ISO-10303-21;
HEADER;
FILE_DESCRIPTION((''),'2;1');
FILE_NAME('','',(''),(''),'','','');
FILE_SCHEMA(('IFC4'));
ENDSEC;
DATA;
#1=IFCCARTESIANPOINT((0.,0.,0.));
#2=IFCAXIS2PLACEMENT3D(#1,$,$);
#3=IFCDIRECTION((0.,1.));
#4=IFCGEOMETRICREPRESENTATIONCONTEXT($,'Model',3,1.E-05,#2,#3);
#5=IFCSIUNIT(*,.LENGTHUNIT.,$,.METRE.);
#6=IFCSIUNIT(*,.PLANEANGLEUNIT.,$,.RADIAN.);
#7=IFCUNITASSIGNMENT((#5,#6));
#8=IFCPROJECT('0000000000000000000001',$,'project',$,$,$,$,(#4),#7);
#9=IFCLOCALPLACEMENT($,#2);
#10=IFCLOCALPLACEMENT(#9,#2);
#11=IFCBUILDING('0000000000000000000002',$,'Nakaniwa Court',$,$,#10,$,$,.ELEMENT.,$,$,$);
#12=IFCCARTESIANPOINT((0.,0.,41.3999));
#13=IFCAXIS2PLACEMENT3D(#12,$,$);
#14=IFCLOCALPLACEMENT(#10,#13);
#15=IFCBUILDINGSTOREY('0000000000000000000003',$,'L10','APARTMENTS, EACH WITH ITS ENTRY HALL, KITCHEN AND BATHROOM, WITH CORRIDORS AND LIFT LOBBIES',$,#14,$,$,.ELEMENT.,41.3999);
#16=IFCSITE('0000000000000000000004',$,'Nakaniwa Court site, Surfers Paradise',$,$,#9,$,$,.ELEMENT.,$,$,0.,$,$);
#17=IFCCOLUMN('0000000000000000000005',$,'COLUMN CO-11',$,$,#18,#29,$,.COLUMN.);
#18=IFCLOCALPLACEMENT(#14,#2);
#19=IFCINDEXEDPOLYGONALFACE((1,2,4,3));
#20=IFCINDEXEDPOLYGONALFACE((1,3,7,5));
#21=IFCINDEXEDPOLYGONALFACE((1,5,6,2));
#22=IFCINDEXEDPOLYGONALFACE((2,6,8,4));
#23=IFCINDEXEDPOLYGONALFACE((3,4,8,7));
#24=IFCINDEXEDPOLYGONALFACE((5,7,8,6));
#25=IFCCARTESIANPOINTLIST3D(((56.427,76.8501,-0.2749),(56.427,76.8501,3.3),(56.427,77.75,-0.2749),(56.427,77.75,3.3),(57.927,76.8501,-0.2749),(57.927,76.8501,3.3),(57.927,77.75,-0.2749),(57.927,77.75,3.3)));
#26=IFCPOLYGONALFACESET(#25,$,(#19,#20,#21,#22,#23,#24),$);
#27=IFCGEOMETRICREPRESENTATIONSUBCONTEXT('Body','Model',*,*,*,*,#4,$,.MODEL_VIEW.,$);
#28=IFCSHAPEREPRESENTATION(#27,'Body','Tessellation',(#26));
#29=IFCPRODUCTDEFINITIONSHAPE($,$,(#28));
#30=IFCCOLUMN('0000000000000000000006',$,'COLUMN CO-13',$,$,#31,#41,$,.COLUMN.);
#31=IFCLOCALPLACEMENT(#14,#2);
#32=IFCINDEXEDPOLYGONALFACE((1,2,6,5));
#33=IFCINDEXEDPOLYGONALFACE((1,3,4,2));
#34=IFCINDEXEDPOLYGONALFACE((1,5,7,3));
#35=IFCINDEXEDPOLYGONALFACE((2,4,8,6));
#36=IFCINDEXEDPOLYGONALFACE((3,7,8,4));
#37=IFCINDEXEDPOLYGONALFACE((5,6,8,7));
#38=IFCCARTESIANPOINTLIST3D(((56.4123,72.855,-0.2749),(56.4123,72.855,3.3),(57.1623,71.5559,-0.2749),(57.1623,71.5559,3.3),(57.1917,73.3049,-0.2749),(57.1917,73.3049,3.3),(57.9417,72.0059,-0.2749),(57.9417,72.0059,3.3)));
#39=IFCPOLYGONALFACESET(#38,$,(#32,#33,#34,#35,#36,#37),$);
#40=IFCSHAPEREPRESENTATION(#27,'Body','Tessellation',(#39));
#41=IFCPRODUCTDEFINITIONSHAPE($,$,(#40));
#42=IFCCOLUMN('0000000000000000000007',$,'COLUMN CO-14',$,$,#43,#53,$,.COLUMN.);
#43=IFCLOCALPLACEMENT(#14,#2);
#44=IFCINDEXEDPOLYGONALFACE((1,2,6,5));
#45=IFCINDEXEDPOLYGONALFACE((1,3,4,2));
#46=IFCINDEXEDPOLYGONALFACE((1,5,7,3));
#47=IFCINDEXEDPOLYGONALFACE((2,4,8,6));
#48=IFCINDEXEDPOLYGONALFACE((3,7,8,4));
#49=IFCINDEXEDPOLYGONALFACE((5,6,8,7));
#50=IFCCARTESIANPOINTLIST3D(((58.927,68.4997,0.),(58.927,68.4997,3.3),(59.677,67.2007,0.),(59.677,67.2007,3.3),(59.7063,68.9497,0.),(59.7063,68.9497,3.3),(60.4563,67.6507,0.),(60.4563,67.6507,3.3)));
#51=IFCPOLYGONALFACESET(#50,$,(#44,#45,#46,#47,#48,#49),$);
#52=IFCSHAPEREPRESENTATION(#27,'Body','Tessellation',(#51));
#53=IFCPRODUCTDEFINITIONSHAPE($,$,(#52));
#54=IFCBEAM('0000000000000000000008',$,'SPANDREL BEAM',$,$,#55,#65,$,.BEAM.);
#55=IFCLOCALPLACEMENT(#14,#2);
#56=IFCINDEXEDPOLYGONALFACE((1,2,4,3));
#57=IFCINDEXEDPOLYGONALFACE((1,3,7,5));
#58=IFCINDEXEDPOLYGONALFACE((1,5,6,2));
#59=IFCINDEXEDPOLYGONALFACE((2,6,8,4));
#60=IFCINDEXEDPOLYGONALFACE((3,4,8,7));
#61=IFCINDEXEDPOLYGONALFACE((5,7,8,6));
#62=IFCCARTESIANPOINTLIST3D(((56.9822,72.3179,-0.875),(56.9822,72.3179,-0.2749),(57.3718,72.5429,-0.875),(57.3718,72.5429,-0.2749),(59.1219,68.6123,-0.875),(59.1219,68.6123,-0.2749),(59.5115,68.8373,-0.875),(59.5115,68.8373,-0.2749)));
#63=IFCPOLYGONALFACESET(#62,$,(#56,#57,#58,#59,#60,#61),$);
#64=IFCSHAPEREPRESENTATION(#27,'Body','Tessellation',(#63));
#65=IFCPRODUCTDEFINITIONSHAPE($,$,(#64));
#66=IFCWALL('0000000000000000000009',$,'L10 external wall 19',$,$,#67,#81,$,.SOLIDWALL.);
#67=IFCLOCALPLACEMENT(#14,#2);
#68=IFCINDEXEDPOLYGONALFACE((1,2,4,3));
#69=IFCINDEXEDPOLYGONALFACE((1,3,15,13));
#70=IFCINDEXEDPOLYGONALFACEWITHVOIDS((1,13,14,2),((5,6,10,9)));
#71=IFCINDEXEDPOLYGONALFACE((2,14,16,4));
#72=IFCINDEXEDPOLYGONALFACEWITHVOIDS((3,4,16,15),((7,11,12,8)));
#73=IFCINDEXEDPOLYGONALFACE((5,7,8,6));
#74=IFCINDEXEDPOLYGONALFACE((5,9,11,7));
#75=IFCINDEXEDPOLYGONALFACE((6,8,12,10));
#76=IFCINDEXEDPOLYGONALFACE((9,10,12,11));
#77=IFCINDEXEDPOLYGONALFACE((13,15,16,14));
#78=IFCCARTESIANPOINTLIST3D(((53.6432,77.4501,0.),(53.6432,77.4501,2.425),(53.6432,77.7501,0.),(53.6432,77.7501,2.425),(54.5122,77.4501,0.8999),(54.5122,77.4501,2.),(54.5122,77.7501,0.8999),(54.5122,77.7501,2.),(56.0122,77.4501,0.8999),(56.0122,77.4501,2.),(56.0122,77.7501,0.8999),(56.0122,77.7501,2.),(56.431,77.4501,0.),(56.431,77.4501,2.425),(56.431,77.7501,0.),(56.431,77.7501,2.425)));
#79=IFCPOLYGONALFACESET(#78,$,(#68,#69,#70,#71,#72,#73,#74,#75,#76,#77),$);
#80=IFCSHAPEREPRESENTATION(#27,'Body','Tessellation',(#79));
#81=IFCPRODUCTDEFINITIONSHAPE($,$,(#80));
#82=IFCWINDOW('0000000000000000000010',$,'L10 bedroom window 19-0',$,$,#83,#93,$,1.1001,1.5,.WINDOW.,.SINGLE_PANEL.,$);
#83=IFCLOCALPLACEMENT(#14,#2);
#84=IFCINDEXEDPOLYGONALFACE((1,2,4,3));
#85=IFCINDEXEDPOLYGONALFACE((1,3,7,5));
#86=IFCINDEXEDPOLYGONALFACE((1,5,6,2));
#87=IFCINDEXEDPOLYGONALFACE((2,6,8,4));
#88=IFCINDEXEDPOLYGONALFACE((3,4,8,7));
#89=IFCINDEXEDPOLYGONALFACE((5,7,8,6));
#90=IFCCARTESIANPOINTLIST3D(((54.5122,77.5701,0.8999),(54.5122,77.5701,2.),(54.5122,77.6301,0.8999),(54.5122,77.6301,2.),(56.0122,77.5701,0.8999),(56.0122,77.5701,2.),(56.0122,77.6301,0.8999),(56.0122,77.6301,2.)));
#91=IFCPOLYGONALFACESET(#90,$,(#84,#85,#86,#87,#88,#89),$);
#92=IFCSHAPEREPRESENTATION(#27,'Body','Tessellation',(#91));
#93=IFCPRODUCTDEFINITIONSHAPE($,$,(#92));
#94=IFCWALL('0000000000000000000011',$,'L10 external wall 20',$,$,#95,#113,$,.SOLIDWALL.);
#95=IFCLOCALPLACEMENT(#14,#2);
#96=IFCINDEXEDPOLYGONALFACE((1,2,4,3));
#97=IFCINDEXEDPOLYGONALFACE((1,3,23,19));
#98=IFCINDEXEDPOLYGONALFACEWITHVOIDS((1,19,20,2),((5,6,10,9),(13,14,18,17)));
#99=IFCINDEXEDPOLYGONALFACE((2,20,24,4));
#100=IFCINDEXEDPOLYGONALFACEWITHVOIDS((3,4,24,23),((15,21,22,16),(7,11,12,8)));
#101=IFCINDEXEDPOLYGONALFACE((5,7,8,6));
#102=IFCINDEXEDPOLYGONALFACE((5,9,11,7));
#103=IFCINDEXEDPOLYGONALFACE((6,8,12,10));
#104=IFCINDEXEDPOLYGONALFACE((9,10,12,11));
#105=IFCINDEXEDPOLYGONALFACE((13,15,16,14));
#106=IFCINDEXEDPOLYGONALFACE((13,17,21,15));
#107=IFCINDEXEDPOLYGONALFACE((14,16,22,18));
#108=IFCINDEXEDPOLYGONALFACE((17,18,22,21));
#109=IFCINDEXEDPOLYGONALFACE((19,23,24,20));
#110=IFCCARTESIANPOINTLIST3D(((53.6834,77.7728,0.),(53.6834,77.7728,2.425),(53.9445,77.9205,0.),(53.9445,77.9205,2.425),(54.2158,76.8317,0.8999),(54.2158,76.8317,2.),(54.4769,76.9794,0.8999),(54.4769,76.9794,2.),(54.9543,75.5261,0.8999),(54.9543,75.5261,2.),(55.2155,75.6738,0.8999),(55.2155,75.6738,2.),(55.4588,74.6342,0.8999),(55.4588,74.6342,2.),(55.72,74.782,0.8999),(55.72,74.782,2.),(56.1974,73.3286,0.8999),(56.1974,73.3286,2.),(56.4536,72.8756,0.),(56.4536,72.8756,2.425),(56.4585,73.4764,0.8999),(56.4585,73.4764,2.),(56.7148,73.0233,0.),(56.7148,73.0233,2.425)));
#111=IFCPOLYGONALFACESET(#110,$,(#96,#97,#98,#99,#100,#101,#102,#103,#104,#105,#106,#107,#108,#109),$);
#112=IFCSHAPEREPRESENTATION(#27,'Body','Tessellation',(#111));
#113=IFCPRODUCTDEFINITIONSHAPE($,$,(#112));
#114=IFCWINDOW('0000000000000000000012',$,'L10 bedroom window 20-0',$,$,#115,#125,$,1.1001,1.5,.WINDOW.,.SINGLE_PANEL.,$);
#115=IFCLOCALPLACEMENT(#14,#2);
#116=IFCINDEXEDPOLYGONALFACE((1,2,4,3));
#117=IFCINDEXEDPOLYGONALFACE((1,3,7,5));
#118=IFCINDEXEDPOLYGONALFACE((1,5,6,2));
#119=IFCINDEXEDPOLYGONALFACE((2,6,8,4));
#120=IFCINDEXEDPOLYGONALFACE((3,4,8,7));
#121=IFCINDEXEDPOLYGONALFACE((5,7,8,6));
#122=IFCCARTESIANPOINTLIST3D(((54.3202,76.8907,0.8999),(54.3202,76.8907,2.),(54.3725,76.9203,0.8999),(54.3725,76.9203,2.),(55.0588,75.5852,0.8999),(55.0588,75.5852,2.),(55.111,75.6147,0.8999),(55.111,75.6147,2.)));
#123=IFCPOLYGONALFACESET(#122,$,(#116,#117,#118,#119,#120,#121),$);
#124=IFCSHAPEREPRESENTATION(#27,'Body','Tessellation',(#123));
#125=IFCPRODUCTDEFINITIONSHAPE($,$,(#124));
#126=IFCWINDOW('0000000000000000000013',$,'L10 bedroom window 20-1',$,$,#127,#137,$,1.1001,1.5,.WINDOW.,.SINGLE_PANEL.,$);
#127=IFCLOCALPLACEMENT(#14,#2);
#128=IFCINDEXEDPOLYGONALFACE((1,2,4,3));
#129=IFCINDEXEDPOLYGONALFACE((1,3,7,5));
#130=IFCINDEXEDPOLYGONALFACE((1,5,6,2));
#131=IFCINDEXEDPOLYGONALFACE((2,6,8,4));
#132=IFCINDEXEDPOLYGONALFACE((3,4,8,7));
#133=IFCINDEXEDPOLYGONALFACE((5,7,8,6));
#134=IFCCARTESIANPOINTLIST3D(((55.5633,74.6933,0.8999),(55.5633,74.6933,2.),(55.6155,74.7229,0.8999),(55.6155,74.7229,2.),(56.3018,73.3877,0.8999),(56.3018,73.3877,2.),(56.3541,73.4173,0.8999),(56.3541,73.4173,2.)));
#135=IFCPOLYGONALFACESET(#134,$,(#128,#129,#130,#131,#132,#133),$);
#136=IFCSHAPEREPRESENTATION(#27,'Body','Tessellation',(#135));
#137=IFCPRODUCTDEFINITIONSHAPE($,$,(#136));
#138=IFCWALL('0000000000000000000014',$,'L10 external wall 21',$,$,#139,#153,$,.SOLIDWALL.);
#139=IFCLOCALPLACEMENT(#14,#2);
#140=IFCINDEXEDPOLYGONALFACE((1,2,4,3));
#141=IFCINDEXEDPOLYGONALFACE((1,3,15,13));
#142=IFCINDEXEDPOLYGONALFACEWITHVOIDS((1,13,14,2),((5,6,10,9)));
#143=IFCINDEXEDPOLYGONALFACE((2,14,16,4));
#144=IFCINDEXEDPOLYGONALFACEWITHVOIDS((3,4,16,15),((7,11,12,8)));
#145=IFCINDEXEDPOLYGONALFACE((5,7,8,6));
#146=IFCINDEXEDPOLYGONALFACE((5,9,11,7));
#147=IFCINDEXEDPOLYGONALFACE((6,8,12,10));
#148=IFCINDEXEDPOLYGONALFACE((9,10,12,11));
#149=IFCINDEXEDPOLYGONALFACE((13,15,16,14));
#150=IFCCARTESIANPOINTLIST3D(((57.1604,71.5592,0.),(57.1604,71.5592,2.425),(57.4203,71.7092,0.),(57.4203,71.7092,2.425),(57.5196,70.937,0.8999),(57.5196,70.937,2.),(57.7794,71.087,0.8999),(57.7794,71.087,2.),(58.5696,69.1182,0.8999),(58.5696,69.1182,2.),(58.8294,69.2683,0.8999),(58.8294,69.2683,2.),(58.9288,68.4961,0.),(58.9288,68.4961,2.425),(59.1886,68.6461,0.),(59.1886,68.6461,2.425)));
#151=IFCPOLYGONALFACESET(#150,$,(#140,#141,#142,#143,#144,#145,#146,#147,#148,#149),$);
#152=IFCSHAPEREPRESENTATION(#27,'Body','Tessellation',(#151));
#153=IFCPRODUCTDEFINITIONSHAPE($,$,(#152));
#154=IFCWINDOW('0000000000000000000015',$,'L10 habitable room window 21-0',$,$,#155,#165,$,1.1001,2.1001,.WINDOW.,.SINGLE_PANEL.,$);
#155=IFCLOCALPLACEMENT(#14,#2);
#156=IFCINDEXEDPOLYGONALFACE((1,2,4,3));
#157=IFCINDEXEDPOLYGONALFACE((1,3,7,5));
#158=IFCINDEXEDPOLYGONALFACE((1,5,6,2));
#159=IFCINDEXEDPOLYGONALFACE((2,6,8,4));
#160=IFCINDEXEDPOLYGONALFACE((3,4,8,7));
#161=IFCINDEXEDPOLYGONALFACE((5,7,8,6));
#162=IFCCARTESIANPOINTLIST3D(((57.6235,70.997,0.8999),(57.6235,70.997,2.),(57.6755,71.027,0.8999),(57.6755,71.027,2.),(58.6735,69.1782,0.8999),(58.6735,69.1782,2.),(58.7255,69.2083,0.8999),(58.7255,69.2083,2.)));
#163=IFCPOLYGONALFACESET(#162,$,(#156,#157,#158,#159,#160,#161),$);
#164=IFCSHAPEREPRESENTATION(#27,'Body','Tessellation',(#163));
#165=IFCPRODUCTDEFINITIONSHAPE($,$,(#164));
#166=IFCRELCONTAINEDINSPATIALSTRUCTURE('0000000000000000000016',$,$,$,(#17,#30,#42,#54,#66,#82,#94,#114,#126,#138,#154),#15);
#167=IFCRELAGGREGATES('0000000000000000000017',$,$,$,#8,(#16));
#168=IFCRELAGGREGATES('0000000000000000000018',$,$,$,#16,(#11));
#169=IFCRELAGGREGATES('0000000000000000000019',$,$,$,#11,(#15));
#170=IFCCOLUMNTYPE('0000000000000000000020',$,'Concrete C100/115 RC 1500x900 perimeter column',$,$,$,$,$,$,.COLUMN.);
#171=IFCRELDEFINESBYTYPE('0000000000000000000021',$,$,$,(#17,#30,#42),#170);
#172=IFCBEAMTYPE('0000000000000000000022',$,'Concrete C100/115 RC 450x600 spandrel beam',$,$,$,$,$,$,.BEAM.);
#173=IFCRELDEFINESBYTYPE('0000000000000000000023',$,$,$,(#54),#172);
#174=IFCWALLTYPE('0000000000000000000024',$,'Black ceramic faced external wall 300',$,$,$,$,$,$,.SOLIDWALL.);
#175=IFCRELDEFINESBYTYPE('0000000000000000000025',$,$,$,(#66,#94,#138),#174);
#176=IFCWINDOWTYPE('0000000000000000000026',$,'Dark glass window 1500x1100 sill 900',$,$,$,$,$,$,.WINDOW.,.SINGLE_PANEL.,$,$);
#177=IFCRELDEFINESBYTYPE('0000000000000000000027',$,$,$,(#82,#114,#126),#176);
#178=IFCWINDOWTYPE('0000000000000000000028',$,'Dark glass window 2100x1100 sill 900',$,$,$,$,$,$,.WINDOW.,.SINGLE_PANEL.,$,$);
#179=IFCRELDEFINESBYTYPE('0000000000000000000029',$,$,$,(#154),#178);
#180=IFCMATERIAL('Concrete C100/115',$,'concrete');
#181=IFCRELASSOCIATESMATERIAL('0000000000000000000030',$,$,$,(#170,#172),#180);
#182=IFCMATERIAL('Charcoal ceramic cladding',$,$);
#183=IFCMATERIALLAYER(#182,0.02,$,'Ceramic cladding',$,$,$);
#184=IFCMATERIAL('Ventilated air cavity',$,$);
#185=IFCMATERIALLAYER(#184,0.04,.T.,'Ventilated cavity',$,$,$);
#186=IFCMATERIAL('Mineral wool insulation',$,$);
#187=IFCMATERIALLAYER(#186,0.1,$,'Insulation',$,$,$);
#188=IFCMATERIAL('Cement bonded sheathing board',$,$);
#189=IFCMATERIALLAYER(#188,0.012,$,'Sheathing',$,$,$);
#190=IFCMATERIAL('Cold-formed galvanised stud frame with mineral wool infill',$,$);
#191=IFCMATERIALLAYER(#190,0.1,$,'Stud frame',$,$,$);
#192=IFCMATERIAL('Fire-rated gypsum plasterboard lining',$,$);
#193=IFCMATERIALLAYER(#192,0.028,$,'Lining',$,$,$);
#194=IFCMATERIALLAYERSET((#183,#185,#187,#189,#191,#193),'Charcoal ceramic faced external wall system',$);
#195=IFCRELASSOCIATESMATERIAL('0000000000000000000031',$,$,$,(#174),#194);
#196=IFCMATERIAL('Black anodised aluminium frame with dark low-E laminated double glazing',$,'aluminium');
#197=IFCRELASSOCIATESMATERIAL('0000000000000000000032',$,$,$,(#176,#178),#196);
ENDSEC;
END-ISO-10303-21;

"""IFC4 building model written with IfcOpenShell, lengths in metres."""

from ifc_helpers import new_model, si_unit, direction, frame, frame_2d, origin, origin_2d, place, context, subcontext, project, spatial, rectangle, extrude, material, layer, layer_set, material_profile, profile_set, type_object, element, fill, save


model = new_model("IFC4")

# Units and contexts
model_context = context("Model", 3, precision=1e-05, world=origin(), true_north=direction((0.0, 1.0)))
body_context = subcontext(model_context, "Body", "Model", "MODEL_VIEW")
ifc_project = project(units=[si_unit("LENGTHUNIT", "METRE"), si_unit("PLANEANGLEUNIT", "RADIAN")], contexts=[model_context])

# Site, building, storey
site_placement = place(None, origin())
site = spatial("IfcSite", under=ifc_project, at=site_placement, Name="Nakaniwa Court site, Surfers Paradise", CompositionType="ELEMENT", RefElevation=0.0)
building_placement = place(site_placement, origin())
building = spatial("IfcBuilding", under=site, at=building_placement, Name="Nakaniwa Court", CompositionType="ELEMENT")
storey_placement = place(building_placement, frame((0.0, 0.0, 41.3999)))
storey = spatial("IfcBuildingStorey", under=building, at=storey_placement, Name="L10", Description="APARTMENTS, EACH WITH ITS ENTRY HALL, KITCHEN AND BATHROOM, WITH CORRIDORS AND LIFT LOBBIES", CompositionType="ELEMENT", Elevation=41.3999)

# Columns
ifc_material_1 = material(Name="Concrete C100/115", Category="concrete")
ifc_material_profile_1 = material_profile(ifc_material_1, rectangle(XDim=1.5, YDim=0.8999, at=origin_2d()), Name="Concrete C100/115 RC 1500x900 perimeter column")
ifc_profile_set_1 = profile_set([ifc_material_profile_1], Name="Concrete C100/115")
column_type = type_object("IfcColumnType", Name="Concrete C100/115 RC 1500x900 perimeter column", PredefinedType="COLUMN", material=ifc_profile_set_1)
for number, where, z_axis, x_axis, name in (
    (1, (57.177, 77.3, -0.2749), (0.0, 0.0, 1.0), (-1.0, 0.0, 0.0), "COLUMN CO-11"),
    (2, (57.177, 72.4304, -0.2749), (0.0, 0.0, 1.0), (0.5, -0.866025, 0.0), "COLUMN CO-13"),
):
    element("IfcColumn", number, at=place(storey_placement, frame(where, z_axis=z_axis, x_axis=x_axis)), inside=storey, type_object=column_type, Name=name, PredefinedType="COLUMN", context=body_context, shape_type="SweptSolid", body=[
        extrude(rectangle(XDim=1.5, YDim=0.8999, at=origin_2d()), origin(), (0.0, 0.0, 1.0), 3.575),
    ])
column_placement = place(storey_placement, frame((59.6917, 68.0752, 0.0), z_axis=(0.0, 0.0, 1.0), x_axis=(0.5, -0.866025, 0.0)))
element("IfcColumn", 3, at=column_placement, inside=storey, type_object=column_type, Name="COLUMN CO-14", PredefinedType="COLUMN", context=body_context, shape_type="SweptSolid", body=[
    extrude(rectangle(XDim=1.5, YDim=0.8999, at=origin_2d()), origin(), (0.0, 0.0, 1.0), 3.3),
])

# Beam
ifc_material_profile_2 = material_profile(ifc_material_1, rectangle(XDim=0.45, YDim=0.6001, at=origin_2d()), Name="Concrete C100/115 RC 450x600 spandrel beam")
ifc_profile_set_2 = profile_set([ifc_material_profile_2], Name="Concrete C100/115")
beam_type = type_object("IfcBeamType", Name="Concrete C100/115 RC 450x600 spandrel beam", PredefinedType="BEAM", material=ifc_profile_set_2)
beam_placement = place(storey_placement, frame((57.177, 72.4304, -0.575), z_axis=(0.500042, -0.866001, 0.0), x_axis=(0.866001, 0.500042, 0.0)))
element("IfcBeam", 4, at=beam_placement, inside=storey, type_object=beam_type, Name="SPANDREL BEAM", PredefinedType="BEAM", context=body_context, shape_type="SweptSolid", body=[
    extrude(rectangle(XDim=0.45, YDim=0.6001, at=origin_2d()), origin(), (0.0, 0.0, 1.0), 4.2791),
])

# Wall, opening, window
ifc_material_2 = material(Name="Charcoal ceramic cladding")
ifc_layer_1 = layer(ifc_material_2, 0.02, Name="Ceramic cladding")
ifc_material_3 = material(Name="Ventilated air cavity")
ifc_layer_2 = layer(ifc_material_3, 0.04, ventilated=True, Name="Ventilated cavity")
ifc_material_4 = material(Name="Mineral wool insulation")
ifc_layer_3 = layer(ifc_material_4, 0.1, Name="Insulation")
ifc_material_5 = material(Name="Cement bonded sheathing board")
ifc_layer_4 = layer(ifc_material_5, 0.012, Name="Sheathing")
ifc_material_6 = material(Name="Cold-formed galvanised stud frame with mineral wool infill")
ifc_layer_5 = layer(ifc_material_6, 0.1, Name="Stud frame")
ifc_material_7 = material(Name="Fire-rated gypsum plasterboard lining")
ifc_layer_6 = layer(ifc_material_7, 0.028, Name="Lining")
ifc_layer_set_1 = layer_set([ifc_layer_1, ifc_layer_2, ifc_layer_3, ifc_layer_4, ifc_layer_5, ifc_layer_6], Name="Charcoal ceramic faced external wall system")
wall_type_1 = type_object("IfcWallType", Name="Black ceramic faced external wall 300", PredefinedType="SOLIDWALL", material=ifc_layer_set_1)
wall_1_placement = place(storey_placement, frame((56.4312, 77.6001, 0.0), z_axis=(0.0, 0.0, 1.0), x_axis=(-1.0, 0.0, 0.0)))
wall_1 = element("IfcWall", 5, at=wall_1_placement, inside=storey, type_object=wall_type_1, Name="L10 external wall 19", PredefinedType="SOLIDWALL", context=body_context, shape_type="SweptSolid", body=[
    extrude(rectangle(XDim=2.7878, YDim=0.3, at=frame_2d((1.394, 0.0))), origin(), (0.0, 0.0, 1.0), 2.425),
])
opening_1_placement = place(wall_1_placement, frame((0.4189, 0.0, 0.8999)))
opening_1 = element("IfcOpeningElement", 6, at=opening_1_placement, cuts=wall_1, PredefinedType="OPENING", context=body_context, shape_type="SweptSolid", body=[
    extrude(rectangle(XDim=1.5, YDim=1.1001, at=frame_2d((0.75, 0.55))), frame((0.0, 0.1599, 0.0), z_axis=(0.0, -1.0, 0.0), x_axis=(1.0, 0.0, 0.0)), (0.0, 0.0, 1.0), 0.3201),
])
ifc_material_8 = material(Name="Black anodised aluminium frame with dark low-E laminated double glazing", Category="aluminium")
window_type_1 = type_object("IfcWindowType", Name="Dark glass window 1500x1100 sill 900", PartitioningType="SINGLE_PANEL", PredefinedType="WINDOW", material=ifc_material_8)
window_1_placement = place(opening_1_placement, origin())
window_1 = element("IfcWindow", 7, at=window_1_placement, inside=storey, type_object=window_type_1, Name="L10 bedroom window 19-0", OverallHeight=1.1001, OverallWidth=1.5, PartitioningType="SINGLE_PANEL", PredefinedType="WINDOW", context=body_context, shape_type="SweptSolid", body=[
    extrude(rectangle(XDim=1.5, YDim=1.1001, at=frame_2d((0.75, 0.55))), frame((0.0, 0.03, 0.0), z_axis=(0.0, -1.0, 0.0), x_axis=(1.0, 0.0, 0.0)), (0.0, 0.0, 1.0), 0.0601),
])
fill(opening_1, window_1)

# Wall, openings, windows
wall_2_placement = place(storey_placement, frame((53.814, 77.8467, 0.0), z_axis=(0.0, 0.0, 1.0), x_axis=(0.492363, -0.87039, 0.0)))
wall_2 = element("IfcWall", 8, at=wall_2_placement, inside=storey, type_object=wall_type_1, Name="L10 external wall 20", PredefinedType="SOLIDWALL", context=body_context, shape_type="SweptSolid", body=[
    extrude(rectangle(XDim=5.6265, YDim=0.3, at=frame_2d((2.8132, 0.0))), origin(), (0.0, 0.0, 1.0), 2.425),
])
opening_2_placement = place(wall_2_placement, frame((1.0813, 0.0, 0.8999)))
opening_2 = element("IfcOpeningElement", 9, at=opening_2_placement, cuts=wall_2, PredefinedType="OPENING", context=body_context, shape_type="SweptSolid", body=[
    extrude(rectangle(XDim=1.5, YDim=1.1001, at=frame_2d((0.75, 0.55))), frame((0.0, 0.1599, 0.0), z_axis=(0.0, -1.0, 0.0), x_axis=(1.0, 0.0, 0.0)), (0.0, 0.0, 1.0), 0.3201),
])
opening_3_placement = place(wall_2_placement, frame((3.606, 0.0, 0.8999)))
opening_3 = element("IfcOpeningElement", 10, at=opening_3_placement, cuts=wall_2, PredefinedType="OPENING", context=body_context, shape_type="SweptSolid", body=[
    extrude(rectangle(XDim=1.5, YDim=1.1001, at=frame_2d((0.75, 0.55))), frame((0.0, 0.1599, 0.0), z_axis=(0.0, -1.0, 0.0), x_axis=(1.0, 0.0, 0.0)), (0.0, 0.0, 1.0), 0.3201),
])
window_2_placement = place(opening_2_placement, origin())
window_2 = element("IfcWindow", 11, at=window_2_placement, inside=storey, type_object=window_type_1, Name="L10 bedroom window 20-0", OverallHeight=1.1001, OverallWidth=1.5, PartitioningType="SINGLE_PANEL", PredefinedType="WINDOW", context=body_context, shape_type="SweptSolid", body=[
    extrude(rectangle(XDim=1.5, YDim=1.1001, at=frame_2d((0.75, 0.55))), frame((0.0, 0.03, 0.0), z_axis=(0.0, -1.0, 0.0), x_axis=(1.0, 0.0, 0.0)), (0.0, 0.0, 1.0), 0.0601),
])
fill(opening_2, window_2)
window_3_placement = place(opening_3_placement, origin())
window_3 = element("IfcWindow", 12, at=window_3_placement, inside=storey, type_object=window_type_1, Name="L10 bedroom window 20-1", OverallHeight=1.1001, OverallWidth=1.5, PartitioningType="SINGLE_PANEL", PredefinedType="WINDOW", context=body_context, shape_type="SweptSolid", body=[
    extrude(rectangle(XDim=1.5, YDim=1.1001, at=frame_2d((0.75, 0.55))), frame((0.0, 0.03, 0.0), z_axis=(0.0, -1.0, 0.0), x_axis=(1.0, 0.0, 0.0)), (0.0, 0.0, 1.0), 0.0601),
])
fill(opening_3, window_3)

# Wall, opening, window
wall_3_placement = place(storey_placement, frame((57.2903, 71.6343, 0.0), z_axis=(0.0, 0.0, 1.0), x_axis=(0.499977, -0.866038, 0.0)))
wall_3 = element("IfcWall", 13, at=wall_3_placement, inside=storey, type_object=wall_type_1, Name="L10 external wall 21", PredefinedType="SOLIDWALL", context=body_context, shape_type="SweptSolid", body=[
    extrude(rectangle(XDim=3.5369, YDim=0.3, at=frame_2d((1.7686, 0.0))), origin(), (0.0, 0.0, 1.0), 2.425),
])
opening_4_placement = place(wall_3_placement, frame((0.7185, 0.0, 0.8999)))
opening_4 = element("IfcOpeningElement", 14, at=opening_4_placement, cuts=wall_3, PredefinedType="OPENING", context=body_context, shape_type="SweptSolid", body=[
    extrude(rectangle(XDim=2.1001, YDim=1.1001, at=frame_2d((1.05, 0.55))), frame((0.0, 0.1599, 0.0), z_axis=(0.0, -1.0, 0.0), x_axis=(1.0, 0.0, 0.0)), (0.0, 0.0, 1.0), 0.3201),
])
window_type_2 = type_object("IfcWindowType", Name="Dark glass window 2100x1100 sill 900", PartitioningType="SINGLE_PANEL", PredefinedType="WINDOW", material=ifc_material_8)
window_4_placement = place(opening_4_placement, origin())
window_4 = element("IfcWindow", 15, at=window_4_placement, inside=storey, type_object=window_type_2, Name="L10 habitable room window 21-0", OverallHeight=1.1001, OverallWidth=2.1001, PartitioningType="SINGLE_PANEL", PredefinedType="WINDOW", context=body_context, shape_type="SweptSolid", body=[
    extrude(rectangle(XDim=2.1001, YDim=1.1001, at=frame_2d((1.05, 0.55))), frame((0.0, 0.03, 0.0), z_axis=(0.0, -1.0, 0.0), x_axis=(1.0, 0.0, 0.0)), (0.0, 0.0, 1.0), 0.0601),
])
fill(opening_4, window_4)

save(model, "model.ifc")
